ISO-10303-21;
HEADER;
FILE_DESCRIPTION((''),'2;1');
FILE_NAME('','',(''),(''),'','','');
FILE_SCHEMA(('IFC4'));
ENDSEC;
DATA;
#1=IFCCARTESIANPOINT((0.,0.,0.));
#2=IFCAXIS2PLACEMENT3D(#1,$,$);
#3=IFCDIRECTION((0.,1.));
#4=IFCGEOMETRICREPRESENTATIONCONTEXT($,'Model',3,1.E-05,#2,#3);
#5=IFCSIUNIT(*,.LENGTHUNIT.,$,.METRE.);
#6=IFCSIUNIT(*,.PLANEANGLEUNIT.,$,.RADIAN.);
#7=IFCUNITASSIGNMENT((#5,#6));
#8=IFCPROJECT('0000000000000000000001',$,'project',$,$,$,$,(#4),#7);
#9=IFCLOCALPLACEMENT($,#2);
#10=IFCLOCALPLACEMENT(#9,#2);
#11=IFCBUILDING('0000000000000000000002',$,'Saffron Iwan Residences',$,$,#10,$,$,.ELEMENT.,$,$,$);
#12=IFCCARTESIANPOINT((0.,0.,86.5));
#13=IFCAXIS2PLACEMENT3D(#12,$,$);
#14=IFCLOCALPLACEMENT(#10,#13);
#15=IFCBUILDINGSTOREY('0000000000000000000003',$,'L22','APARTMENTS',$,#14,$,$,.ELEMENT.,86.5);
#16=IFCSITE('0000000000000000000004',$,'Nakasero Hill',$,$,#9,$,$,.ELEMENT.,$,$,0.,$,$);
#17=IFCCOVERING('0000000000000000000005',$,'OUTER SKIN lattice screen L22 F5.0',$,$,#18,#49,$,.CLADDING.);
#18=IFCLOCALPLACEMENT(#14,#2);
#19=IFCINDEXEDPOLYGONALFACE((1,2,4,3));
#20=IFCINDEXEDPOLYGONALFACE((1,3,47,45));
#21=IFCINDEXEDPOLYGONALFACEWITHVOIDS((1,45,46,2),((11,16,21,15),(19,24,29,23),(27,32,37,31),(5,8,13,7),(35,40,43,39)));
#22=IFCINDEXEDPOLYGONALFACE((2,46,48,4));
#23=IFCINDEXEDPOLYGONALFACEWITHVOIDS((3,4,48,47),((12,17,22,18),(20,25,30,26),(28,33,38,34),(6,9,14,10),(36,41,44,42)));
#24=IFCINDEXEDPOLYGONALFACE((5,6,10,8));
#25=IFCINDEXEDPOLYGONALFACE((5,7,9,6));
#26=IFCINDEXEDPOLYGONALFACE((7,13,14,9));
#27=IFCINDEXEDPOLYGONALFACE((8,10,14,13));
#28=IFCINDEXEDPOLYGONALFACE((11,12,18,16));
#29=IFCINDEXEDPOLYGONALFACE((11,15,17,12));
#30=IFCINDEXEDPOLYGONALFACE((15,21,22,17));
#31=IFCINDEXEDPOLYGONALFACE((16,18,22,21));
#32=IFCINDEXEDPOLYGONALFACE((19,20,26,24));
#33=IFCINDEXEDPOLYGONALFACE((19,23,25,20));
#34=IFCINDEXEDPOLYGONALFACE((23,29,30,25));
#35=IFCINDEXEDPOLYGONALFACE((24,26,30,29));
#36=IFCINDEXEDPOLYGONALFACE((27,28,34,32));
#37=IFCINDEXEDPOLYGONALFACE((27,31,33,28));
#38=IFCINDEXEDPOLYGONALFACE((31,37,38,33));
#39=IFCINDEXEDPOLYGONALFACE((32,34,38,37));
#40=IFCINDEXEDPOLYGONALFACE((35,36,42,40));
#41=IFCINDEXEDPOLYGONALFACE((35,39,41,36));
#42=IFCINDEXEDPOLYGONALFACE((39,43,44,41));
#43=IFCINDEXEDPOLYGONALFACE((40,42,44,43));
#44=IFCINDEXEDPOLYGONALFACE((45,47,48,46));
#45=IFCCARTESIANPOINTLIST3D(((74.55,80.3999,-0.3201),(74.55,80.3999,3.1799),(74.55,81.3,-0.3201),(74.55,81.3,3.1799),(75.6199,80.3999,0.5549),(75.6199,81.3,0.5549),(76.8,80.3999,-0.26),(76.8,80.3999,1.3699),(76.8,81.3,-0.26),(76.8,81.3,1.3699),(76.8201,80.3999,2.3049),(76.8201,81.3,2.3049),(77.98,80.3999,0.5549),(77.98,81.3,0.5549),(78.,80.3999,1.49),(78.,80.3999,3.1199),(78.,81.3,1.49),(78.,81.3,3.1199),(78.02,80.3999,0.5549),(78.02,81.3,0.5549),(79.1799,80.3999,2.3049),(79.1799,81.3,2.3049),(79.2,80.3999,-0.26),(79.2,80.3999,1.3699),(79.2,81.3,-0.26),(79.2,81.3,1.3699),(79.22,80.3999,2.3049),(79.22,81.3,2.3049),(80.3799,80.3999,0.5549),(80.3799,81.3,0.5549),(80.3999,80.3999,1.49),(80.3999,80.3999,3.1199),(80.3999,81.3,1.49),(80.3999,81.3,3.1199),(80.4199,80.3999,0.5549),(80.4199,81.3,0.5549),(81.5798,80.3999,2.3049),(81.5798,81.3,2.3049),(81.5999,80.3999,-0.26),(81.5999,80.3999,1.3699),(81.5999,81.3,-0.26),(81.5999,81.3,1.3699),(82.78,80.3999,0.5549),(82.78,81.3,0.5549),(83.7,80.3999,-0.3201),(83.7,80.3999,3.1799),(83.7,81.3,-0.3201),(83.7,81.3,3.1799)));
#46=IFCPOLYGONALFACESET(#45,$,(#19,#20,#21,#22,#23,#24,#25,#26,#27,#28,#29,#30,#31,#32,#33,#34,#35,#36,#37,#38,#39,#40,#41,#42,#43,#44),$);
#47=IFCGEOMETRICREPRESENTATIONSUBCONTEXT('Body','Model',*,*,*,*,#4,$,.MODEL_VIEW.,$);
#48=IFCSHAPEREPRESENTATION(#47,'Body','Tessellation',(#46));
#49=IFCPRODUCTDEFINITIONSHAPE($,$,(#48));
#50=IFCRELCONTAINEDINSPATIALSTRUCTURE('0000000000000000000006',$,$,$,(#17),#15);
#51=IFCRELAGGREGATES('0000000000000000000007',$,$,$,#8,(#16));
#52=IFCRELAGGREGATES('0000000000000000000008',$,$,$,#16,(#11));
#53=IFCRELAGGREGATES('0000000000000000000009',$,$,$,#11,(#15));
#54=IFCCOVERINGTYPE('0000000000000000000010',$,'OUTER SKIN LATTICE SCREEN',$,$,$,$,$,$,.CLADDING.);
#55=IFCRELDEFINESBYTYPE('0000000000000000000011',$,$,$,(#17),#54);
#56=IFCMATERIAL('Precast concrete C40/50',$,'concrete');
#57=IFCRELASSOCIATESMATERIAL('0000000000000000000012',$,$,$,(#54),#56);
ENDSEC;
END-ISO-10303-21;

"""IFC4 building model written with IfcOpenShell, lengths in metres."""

from ifc_helpers import new_model, si_unit, direction, frame, origin, place, context, subcontext, project, spatial, polyline, outline, extrude, material, type_object, element, save


model = new_model("IFC4")

# Units and contexts
model_context = context("Model", 3, precision=1e-05, world=origin(), true_north=direction((0.0, 1.0)))
body_context = subcontext(model_context, "Body", "Model", "MODEL_VIEW")
ifc_project = project(units=[si_unit("LENGTHUNIT", "METRE"), si_unit("PLANEANGLEUNIT", "RADIAN")], contexts=[model_context])

# Site, building, storey
site_placement = place(None, origin())
site = spatial("IfcSite", under=ifc_project, at=site_placement, Name="Nakasero Hill", CompositionType="ELEMENT", RefElevation=0.0)
building_placement = place(site_placement, origin())
building = spatial("IfcBuilding", under=site, at=building_placement, Name="Saffron Iwan Residences", CompositionType="ELEMENT")
storey_placement = place(building_placement, frame((0.0, 0.0, 86.5)))
storey = spatial("IfcBuildingStorey", under=building, at=storey_placement, Name="L22", Description="APARTMENTS", CompositionType="ELEMENT", Elevation=86.5)

# Covering
ifc_material_1 = material(Name="Precast concrete C40/50", Category="concrete")
covering_type = type_object("IfcCoveringType", Name="OUTER SKIN LATTICE SCREEN", PredefinedType="CLADDING", material=ifc_material_1)
covering_1_placement = place(storey_placement, frame((83.7, 80.3999, -0.3201), z_axis=(0.0, 1.0, 0.0), x_axis=(-1.0, 0.0, 0.0)))
element("IfcCovering", 1, at=covering_1_placement, inside=storey, type_object=covering_type, Name="OUTER SKIN lattice screen L22 F5.0", PredefinedType="CLADDING", context=body_context, shape_type="SweptSolid", body=[
    extrude(outline(polyline([(0.0, 0.0), (9.1499, 0.0), (9.1499, 3.5), (0.0, 3.5), (0.0, 0.0)]), holes=[polyline([(0.9199, 0.875), (2.1001, 0.0601), (3.28, 0.875), (2.1001, 1.6899), (0.9199, 0.875)]), polyline([(3.3201, 0.875), (4.5, 0.0601), (5.6799, 0.875), (4.5, 1.6899), (3.3201, 0.875)]), polyline([(5.72, 0.875), (6.8999, 0.0601), (8.0801, 0.875), (6.8999, 1.6899), (5.72, 0.875)]), polyline([(2.1201, 2.625), (3.3, 1.8101), (4.48, 2.625), (3.3, 3.4399), (2.1201, 2.625)]), polyline([(4.52, 2.625), (5.7, 1.8101), (6.8799, 2.625), (5.7, 3.4399), (4.52, 2.625)])]), origin(), (0.0, 0.0, 1.0), 0.9001),
])

save(model, "model.ifc")
